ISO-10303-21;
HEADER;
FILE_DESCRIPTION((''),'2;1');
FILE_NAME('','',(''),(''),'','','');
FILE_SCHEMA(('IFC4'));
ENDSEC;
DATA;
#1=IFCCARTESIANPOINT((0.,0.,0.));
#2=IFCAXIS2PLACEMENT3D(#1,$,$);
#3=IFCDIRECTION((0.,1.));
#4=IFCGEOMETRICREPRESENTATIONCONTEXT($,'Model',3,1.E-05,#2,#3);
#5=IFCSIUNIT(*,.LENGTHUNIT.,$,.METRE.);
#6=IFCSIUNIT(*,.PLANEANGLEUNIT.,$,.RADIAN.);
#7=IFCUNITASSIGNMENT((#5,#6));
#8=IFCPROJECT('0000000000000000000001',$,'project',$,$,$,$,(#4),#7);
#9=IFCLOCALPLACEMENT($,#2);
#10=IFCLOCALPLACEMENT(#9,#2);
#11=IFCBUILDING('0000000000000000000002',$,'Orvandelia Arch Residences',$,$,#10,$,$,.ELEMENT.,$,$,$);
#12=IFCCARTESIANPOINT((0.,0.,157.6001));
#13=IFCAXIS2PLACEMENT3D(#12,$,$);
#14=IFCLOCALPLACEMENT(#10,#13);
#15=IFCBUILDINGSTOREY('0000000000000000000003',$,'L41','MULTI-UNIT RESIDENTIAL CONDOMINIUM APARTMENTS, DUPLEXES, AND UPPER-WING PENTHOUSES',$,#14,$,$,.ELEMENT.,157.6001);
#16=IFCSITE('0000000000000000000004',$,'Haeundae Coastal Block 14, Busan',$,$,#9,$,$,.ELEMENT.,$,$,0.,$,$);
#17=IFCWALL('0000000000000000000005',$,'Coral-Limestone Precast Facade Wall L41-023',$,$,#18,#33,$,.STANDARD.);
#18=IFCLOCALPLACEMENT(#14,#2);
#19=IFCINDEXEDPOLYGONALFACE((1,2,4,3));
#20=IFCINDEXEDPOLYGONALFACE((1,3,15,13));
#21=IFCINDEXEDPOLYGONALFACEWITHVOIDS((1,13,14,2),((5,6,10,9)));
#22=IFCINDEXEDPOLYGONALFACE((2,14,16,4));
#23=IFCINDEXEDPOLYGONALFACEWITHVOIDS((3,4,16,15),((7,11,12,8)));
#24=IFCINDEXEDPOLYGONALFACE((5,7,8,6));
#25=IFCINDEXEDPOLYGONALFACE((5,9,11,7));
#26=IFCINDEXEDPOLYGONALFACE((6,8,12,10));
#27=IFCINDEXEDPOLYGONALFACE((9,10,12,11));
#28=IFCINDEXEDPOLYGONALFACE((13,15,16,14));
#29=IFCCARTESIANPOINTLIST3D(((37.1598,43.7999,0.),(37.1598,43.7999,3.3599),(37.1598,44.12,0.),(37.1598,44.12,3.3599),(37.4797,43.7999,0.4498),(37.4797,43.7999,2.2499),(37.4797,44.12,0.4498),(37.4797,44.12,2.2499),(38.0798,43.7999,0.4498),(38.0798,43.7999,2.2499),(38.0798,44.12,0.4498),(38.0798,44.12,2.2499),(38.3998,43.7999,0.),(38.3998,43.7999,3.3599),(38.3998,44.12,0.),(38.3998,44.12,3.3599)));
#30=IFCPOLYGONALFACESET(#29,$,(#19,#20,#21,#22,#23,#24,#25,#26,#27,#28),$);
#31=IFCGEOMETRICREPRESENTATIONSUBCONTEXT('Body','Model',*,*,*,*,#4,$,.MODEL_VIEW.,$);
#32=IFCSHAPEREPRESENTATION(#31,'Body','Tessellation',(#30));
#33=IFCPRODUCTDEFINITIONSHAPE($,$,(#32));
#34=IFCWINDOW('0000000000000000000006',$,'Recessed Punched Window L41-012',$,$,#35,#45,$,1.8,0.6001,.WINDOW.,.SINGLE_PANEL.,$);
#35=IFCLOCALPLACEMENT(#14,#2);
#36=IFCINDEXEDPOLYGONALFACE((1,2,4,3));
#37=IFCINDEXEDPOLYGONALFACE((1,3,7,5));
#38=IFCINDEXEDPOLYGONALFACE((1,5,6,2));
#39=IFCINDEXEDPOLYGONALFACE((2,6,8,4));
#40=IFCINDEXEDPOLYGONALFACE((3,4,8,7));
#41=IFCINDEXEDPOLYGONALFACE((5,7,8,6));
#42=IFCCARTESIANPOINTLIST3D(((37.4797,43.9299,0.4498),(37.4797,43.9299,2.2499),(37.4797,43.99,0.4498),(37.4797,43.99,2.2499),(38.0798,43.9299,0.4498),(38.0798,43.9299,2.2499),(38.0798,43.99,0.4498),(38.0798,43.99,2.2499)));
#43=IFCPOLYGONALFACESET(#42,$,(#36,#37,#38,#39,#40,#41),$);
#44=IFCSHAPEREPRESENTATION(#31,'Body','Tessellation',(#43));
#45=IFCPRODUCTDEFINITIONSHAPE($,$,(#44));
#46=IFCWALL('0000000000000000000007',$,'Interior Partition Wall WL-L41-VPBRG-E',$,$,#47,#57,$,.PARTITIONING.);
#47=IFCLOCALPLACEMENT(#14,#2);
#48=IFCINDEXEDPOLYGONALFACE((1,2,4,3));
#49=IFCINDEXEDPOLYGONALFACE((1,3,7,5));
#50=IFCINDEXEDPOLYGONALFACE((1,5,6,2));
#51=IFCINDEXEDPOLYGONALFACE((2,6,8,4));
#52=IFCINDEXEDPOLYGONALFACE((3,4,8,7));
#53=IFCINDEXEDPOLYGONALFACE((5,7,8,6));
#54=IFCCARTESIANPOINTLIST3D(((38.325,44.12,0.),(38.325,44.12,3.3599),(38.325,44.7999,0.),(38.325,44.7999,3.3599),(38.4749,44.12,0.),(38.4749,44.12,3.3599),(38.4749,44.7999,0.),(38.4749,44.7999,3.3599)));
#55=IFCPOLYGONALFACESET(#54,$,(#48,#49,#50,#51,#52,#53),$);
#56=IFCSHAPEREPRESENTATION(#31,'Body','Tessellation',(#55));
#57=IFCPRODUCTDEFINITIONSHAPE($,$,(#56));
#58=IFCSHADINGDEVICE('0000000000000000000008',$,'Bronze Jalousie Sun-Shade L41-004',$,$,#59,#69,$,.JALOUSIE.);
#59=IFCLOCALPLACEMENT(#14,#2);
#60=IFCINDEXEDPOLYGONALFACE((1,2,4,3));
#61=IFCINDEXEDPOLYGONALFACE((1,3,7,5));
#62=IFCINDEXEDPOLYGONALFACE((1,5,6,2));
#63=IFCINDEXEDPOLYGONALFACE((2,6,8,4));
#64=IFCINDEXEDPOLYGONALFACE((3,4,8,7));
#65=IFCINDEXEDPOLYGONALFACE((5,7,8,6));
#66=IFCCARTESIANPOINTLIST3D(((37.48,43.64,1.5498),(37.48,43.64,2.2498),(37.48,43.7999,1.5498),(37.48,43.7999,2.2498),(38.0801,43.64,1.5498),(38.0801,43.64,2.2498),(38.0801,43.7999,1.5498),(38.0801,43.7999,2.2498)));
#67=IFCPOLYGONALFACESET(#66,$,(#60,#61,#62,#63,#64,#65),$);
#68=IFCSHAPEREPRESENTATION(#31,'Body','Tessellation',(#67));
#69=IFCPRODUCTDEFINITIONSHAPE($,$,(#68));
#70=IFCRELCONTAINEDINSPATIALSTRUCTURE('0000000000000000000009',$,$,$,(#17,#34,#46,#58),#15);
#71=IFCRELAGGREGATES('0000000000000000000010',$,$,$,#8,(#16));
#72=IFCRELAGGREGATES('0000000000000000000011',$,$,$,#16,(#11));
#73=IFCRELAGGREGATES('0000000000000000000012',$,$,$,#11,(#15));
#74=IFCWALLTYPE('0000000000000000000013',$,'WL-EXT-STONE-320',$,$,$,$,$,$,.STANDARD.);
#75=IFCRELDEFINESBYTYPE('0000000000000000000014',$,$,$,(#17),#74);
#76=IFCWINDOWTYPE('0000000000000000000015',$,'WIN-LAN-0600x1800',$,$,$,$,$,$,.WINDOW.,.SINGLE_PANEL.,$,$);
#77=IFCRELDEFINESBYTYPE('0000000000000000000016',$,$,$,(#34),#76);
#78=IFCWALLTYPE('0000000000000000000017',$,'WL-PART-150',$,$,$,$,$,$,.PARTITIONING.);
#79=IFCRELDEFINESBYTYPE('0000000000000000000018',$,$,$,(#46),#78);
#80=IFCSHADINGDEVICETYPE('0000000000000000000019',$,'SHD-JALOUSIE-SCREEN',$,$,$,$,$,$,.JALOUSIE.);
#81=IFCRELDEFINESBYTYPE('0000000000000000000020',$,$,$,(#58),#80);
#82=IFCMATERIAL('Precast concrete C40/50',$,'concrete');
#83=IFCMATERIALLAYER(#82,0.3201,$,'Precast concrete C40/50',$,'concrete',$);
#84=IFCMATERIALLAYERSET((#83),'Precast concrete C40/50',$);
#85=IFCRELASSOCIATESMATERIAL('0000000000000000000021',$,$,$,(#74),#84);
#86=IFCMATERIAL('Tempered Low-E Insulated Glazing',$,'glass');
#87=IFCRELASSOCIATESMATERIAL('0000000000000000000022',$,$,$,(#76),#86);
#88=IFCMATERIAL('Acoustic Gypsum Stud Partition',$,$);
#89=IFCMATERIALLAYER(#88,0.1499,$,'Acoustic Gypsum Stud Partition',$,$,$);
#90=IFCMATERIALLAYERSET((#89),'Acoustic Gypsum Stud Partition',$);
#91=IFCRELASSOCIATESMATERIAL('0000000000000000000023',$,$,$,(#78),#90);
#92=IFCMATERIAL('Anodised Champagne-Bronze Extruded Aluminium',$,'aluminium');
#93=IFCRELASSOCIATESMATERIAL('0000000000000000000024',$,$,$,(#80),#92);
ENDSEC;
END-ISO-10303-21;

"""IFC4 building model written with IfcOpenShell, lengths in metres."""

from ifc_helpers import new_model, si_unit, direction, frame, frame_2d, origin, origin_2d, place, context, subcontext, project, spatial, rectangle, extrude, material, layer, layer_set, type_object, element, fill, save


model = new_model("IFC4")

# Units and contexts
model_context = context("Model", 3, precision=1e-05, world=origin(), true_north=direction((0.0, 1.0)))
body_context = subcontext(model_context, "Body", "Model", "MODEL_VIEW")
ifc_project = project(units=[si_unit("LENGTHUNIT", "METRE"), si_unit("PLANEANGLEUNIT", "RADIAN")], contexts=[model_context])

# Site, building, storey
site_placement = place(None, origin())
site = spatial("IfcSite", under=ifc_project, at=site_placement, Name="Haeundae Coastal Block 14, Busan", CompositionType="ELEMENT", RefElevation=0.0)
building_placement = place(site_placement, origin())
building = spatial("IfcBuilding", under=site, at=building_placement, Name="Orvandelia Arch Residences", CompositionType="ELEMENT")
storey_placement = place(building_placement, frame((0.0, 0.0, 157.6001)))
storey = spatial("IfcBuildingStorey", under=building, at=storey_placement, Name="L41", Description="MULTI-UNIT RESIDENTIAL CONDOMINIUM APARTMENTS, DUPLEXES, AND UPPER-WING PENTHOUSES", CompositionType="ELEMENT", Elevation=157.6001)

# Wall, opening, window
ifc_material_1 = material(Name="Precast concrete C40/50", Category="concrete")
ifc_layer_1 = layer(ifc_material_1, 0.3201, Name="Precast concrete C40/50", Category="concrete")
ifc_layer_set_1 = layer_set([ifc_layer_1], Name="Precast concrete C40/50")
wall_type_1 = type_object("IfcWallType", Name="WL-EXT-STONE-320", PredefinedType="STANDARD", material=ifc_layer_set_1)
wall_1_placement = place(storey_placement, frame((38.3999, 43.96, 0.0), z_axis=(0.0, 0.0, 1.0), x_axis=(-1.0, 0.0, 0.0)))
wall_1 = element("IfcWall", 1, at=wall_1_placement, inside=storey, type_object=wall_type_1, Name="Coral-Limestone Precast Facade Wall L41-023", PredefinedType="STANDARD", context=body_context, shape_type="SweptSolid", body=[
    extrude(rectangle(XDim=1.24, YDim=0.3201, at=frame_2d((0.6201, 0.0))), origin(), (0.0, 0.0, 1.0), 3.3599),
])
opening_placement = place(wall_1_placement, frame((0.3201, 0.0, 0.45)))
opening = element("IfcOpeningElement", 2, at=opening_placement, cuts=wall_1, PredefinedType="OPENING", context=body_context, shape_type="SweptSolid", body=[
    extrude(rectangle(XDim=0.6001, YDim=1.8, at=frame_2d((0.3, 0.8999))), frame((0.0, 0.1699, 0.0), z_axis=(0.0, -1.0, 0.0), x_axis=(1.0, 0.0, 0.0)), (0.0, 0.0, 1.0), 0.3401),
])
ifc_material_2 = material(Name="Tempered Low-E Insulated Glazing", Category="glass")
window_type = type_object("IfcWindowType", Name="WIN-LAN-0600x1800", PartitioningType="SINGLE_PANEL", PredefinedType="WINDOW", material=ifc_material_2)
window_placement = place(opening_placement, origin())
window = element("IfcWindow", 3, at=window_placement, inside=storey, type_object=window_type, Name="Recessed Punched Window L41-012", OverallHeight=1.8, OverallWidth=0.6001, PartitioningType="SINGLE_PANEL", PredefinedType="WINDOW", context=body_context, shape_type="SweptSolid", body=[
    extrude(rectangle(XDim=0.6001, YDim=1.8, at=frame_2d((0.3, 0.8999))), frame((0.0, 0.03, 0.0), z_axis=(0.0, -1.0, 0.0), x_axis=(1.0, 0.0, 0.0)), (0.0, 0.0, 1.0), 0.0601),
])
fill(opening, window)

# Wall
ifc_material_3 = material(Name="Acoustic Gypsum Stud Partition")
ifc_layer_2 = layer(ifc_material_3, 0.1499, Name="Acoustic Gypsum Stud Partition")
ifc_layer_set_2 = layer_set([ifc_layer_2], Name="Acoustic Gypsum Stud Partition")
wall_type_2 = type_object("IfcWallType", Name="WL-PART-150", PredefinedType="PARTITIONING", material=ifc_layer_set_2)
wall_2_placement = place(storey_placement, frame((38.3999, 44.1201, 0.0), z_axis=(0.0, 0.0, 1.0), x_axis=(0.0, 1.0, 0.0)))
element("IfcWall", 4, at=wall_2_placement, inside=storey, type_object=wall_type_2, Name="Interior Partition Wall WL-L41-VPBRG-E", PredefinedType="PARTITIONING", context=body_context, shape_type="SweptSolid", body=[
    extrude(rectangle(XDim=0.6799, YDim=0.1499, at=frame_2d((0.3398, 0.0))), origin(), (0.0, 0.0, 1.0), 3.3599),
])

# Shading device
ifc_material_4 = material(Name="Anodised Champagne-Bronze Extruded Aluminium", Category="aluminium")
shading_device_type = type_object("IfcShadingDeviceType", Name="SHD-JALOUSIE-SCREEN", PredefinedType="JALOUSIE", material=ifc_material_4)
shading_device_placement = place(storey_placement, frame((37.78, 43.72, 1.5498), z_axis=(0.0, 0.0, 1.0), x_axis=(-1.0, 0.0, 0.0)))
element("IfcShadingDevice", 5, at=shading_device_placement, inside=storey, type_object=shading_device_type, Name="Bronze Jalousie Sun-Shade L41-004", PredefinedType="JALOUSIE", context=body_context, shape_type="SweptSolid", body=[
    extrude(rectangle(XDim=0.6001, YDim=0.1599, at=origin_2d()), origin(), (0.0, 0.0, 1.0), 0.7),
])

save(model, "model.ifc")
